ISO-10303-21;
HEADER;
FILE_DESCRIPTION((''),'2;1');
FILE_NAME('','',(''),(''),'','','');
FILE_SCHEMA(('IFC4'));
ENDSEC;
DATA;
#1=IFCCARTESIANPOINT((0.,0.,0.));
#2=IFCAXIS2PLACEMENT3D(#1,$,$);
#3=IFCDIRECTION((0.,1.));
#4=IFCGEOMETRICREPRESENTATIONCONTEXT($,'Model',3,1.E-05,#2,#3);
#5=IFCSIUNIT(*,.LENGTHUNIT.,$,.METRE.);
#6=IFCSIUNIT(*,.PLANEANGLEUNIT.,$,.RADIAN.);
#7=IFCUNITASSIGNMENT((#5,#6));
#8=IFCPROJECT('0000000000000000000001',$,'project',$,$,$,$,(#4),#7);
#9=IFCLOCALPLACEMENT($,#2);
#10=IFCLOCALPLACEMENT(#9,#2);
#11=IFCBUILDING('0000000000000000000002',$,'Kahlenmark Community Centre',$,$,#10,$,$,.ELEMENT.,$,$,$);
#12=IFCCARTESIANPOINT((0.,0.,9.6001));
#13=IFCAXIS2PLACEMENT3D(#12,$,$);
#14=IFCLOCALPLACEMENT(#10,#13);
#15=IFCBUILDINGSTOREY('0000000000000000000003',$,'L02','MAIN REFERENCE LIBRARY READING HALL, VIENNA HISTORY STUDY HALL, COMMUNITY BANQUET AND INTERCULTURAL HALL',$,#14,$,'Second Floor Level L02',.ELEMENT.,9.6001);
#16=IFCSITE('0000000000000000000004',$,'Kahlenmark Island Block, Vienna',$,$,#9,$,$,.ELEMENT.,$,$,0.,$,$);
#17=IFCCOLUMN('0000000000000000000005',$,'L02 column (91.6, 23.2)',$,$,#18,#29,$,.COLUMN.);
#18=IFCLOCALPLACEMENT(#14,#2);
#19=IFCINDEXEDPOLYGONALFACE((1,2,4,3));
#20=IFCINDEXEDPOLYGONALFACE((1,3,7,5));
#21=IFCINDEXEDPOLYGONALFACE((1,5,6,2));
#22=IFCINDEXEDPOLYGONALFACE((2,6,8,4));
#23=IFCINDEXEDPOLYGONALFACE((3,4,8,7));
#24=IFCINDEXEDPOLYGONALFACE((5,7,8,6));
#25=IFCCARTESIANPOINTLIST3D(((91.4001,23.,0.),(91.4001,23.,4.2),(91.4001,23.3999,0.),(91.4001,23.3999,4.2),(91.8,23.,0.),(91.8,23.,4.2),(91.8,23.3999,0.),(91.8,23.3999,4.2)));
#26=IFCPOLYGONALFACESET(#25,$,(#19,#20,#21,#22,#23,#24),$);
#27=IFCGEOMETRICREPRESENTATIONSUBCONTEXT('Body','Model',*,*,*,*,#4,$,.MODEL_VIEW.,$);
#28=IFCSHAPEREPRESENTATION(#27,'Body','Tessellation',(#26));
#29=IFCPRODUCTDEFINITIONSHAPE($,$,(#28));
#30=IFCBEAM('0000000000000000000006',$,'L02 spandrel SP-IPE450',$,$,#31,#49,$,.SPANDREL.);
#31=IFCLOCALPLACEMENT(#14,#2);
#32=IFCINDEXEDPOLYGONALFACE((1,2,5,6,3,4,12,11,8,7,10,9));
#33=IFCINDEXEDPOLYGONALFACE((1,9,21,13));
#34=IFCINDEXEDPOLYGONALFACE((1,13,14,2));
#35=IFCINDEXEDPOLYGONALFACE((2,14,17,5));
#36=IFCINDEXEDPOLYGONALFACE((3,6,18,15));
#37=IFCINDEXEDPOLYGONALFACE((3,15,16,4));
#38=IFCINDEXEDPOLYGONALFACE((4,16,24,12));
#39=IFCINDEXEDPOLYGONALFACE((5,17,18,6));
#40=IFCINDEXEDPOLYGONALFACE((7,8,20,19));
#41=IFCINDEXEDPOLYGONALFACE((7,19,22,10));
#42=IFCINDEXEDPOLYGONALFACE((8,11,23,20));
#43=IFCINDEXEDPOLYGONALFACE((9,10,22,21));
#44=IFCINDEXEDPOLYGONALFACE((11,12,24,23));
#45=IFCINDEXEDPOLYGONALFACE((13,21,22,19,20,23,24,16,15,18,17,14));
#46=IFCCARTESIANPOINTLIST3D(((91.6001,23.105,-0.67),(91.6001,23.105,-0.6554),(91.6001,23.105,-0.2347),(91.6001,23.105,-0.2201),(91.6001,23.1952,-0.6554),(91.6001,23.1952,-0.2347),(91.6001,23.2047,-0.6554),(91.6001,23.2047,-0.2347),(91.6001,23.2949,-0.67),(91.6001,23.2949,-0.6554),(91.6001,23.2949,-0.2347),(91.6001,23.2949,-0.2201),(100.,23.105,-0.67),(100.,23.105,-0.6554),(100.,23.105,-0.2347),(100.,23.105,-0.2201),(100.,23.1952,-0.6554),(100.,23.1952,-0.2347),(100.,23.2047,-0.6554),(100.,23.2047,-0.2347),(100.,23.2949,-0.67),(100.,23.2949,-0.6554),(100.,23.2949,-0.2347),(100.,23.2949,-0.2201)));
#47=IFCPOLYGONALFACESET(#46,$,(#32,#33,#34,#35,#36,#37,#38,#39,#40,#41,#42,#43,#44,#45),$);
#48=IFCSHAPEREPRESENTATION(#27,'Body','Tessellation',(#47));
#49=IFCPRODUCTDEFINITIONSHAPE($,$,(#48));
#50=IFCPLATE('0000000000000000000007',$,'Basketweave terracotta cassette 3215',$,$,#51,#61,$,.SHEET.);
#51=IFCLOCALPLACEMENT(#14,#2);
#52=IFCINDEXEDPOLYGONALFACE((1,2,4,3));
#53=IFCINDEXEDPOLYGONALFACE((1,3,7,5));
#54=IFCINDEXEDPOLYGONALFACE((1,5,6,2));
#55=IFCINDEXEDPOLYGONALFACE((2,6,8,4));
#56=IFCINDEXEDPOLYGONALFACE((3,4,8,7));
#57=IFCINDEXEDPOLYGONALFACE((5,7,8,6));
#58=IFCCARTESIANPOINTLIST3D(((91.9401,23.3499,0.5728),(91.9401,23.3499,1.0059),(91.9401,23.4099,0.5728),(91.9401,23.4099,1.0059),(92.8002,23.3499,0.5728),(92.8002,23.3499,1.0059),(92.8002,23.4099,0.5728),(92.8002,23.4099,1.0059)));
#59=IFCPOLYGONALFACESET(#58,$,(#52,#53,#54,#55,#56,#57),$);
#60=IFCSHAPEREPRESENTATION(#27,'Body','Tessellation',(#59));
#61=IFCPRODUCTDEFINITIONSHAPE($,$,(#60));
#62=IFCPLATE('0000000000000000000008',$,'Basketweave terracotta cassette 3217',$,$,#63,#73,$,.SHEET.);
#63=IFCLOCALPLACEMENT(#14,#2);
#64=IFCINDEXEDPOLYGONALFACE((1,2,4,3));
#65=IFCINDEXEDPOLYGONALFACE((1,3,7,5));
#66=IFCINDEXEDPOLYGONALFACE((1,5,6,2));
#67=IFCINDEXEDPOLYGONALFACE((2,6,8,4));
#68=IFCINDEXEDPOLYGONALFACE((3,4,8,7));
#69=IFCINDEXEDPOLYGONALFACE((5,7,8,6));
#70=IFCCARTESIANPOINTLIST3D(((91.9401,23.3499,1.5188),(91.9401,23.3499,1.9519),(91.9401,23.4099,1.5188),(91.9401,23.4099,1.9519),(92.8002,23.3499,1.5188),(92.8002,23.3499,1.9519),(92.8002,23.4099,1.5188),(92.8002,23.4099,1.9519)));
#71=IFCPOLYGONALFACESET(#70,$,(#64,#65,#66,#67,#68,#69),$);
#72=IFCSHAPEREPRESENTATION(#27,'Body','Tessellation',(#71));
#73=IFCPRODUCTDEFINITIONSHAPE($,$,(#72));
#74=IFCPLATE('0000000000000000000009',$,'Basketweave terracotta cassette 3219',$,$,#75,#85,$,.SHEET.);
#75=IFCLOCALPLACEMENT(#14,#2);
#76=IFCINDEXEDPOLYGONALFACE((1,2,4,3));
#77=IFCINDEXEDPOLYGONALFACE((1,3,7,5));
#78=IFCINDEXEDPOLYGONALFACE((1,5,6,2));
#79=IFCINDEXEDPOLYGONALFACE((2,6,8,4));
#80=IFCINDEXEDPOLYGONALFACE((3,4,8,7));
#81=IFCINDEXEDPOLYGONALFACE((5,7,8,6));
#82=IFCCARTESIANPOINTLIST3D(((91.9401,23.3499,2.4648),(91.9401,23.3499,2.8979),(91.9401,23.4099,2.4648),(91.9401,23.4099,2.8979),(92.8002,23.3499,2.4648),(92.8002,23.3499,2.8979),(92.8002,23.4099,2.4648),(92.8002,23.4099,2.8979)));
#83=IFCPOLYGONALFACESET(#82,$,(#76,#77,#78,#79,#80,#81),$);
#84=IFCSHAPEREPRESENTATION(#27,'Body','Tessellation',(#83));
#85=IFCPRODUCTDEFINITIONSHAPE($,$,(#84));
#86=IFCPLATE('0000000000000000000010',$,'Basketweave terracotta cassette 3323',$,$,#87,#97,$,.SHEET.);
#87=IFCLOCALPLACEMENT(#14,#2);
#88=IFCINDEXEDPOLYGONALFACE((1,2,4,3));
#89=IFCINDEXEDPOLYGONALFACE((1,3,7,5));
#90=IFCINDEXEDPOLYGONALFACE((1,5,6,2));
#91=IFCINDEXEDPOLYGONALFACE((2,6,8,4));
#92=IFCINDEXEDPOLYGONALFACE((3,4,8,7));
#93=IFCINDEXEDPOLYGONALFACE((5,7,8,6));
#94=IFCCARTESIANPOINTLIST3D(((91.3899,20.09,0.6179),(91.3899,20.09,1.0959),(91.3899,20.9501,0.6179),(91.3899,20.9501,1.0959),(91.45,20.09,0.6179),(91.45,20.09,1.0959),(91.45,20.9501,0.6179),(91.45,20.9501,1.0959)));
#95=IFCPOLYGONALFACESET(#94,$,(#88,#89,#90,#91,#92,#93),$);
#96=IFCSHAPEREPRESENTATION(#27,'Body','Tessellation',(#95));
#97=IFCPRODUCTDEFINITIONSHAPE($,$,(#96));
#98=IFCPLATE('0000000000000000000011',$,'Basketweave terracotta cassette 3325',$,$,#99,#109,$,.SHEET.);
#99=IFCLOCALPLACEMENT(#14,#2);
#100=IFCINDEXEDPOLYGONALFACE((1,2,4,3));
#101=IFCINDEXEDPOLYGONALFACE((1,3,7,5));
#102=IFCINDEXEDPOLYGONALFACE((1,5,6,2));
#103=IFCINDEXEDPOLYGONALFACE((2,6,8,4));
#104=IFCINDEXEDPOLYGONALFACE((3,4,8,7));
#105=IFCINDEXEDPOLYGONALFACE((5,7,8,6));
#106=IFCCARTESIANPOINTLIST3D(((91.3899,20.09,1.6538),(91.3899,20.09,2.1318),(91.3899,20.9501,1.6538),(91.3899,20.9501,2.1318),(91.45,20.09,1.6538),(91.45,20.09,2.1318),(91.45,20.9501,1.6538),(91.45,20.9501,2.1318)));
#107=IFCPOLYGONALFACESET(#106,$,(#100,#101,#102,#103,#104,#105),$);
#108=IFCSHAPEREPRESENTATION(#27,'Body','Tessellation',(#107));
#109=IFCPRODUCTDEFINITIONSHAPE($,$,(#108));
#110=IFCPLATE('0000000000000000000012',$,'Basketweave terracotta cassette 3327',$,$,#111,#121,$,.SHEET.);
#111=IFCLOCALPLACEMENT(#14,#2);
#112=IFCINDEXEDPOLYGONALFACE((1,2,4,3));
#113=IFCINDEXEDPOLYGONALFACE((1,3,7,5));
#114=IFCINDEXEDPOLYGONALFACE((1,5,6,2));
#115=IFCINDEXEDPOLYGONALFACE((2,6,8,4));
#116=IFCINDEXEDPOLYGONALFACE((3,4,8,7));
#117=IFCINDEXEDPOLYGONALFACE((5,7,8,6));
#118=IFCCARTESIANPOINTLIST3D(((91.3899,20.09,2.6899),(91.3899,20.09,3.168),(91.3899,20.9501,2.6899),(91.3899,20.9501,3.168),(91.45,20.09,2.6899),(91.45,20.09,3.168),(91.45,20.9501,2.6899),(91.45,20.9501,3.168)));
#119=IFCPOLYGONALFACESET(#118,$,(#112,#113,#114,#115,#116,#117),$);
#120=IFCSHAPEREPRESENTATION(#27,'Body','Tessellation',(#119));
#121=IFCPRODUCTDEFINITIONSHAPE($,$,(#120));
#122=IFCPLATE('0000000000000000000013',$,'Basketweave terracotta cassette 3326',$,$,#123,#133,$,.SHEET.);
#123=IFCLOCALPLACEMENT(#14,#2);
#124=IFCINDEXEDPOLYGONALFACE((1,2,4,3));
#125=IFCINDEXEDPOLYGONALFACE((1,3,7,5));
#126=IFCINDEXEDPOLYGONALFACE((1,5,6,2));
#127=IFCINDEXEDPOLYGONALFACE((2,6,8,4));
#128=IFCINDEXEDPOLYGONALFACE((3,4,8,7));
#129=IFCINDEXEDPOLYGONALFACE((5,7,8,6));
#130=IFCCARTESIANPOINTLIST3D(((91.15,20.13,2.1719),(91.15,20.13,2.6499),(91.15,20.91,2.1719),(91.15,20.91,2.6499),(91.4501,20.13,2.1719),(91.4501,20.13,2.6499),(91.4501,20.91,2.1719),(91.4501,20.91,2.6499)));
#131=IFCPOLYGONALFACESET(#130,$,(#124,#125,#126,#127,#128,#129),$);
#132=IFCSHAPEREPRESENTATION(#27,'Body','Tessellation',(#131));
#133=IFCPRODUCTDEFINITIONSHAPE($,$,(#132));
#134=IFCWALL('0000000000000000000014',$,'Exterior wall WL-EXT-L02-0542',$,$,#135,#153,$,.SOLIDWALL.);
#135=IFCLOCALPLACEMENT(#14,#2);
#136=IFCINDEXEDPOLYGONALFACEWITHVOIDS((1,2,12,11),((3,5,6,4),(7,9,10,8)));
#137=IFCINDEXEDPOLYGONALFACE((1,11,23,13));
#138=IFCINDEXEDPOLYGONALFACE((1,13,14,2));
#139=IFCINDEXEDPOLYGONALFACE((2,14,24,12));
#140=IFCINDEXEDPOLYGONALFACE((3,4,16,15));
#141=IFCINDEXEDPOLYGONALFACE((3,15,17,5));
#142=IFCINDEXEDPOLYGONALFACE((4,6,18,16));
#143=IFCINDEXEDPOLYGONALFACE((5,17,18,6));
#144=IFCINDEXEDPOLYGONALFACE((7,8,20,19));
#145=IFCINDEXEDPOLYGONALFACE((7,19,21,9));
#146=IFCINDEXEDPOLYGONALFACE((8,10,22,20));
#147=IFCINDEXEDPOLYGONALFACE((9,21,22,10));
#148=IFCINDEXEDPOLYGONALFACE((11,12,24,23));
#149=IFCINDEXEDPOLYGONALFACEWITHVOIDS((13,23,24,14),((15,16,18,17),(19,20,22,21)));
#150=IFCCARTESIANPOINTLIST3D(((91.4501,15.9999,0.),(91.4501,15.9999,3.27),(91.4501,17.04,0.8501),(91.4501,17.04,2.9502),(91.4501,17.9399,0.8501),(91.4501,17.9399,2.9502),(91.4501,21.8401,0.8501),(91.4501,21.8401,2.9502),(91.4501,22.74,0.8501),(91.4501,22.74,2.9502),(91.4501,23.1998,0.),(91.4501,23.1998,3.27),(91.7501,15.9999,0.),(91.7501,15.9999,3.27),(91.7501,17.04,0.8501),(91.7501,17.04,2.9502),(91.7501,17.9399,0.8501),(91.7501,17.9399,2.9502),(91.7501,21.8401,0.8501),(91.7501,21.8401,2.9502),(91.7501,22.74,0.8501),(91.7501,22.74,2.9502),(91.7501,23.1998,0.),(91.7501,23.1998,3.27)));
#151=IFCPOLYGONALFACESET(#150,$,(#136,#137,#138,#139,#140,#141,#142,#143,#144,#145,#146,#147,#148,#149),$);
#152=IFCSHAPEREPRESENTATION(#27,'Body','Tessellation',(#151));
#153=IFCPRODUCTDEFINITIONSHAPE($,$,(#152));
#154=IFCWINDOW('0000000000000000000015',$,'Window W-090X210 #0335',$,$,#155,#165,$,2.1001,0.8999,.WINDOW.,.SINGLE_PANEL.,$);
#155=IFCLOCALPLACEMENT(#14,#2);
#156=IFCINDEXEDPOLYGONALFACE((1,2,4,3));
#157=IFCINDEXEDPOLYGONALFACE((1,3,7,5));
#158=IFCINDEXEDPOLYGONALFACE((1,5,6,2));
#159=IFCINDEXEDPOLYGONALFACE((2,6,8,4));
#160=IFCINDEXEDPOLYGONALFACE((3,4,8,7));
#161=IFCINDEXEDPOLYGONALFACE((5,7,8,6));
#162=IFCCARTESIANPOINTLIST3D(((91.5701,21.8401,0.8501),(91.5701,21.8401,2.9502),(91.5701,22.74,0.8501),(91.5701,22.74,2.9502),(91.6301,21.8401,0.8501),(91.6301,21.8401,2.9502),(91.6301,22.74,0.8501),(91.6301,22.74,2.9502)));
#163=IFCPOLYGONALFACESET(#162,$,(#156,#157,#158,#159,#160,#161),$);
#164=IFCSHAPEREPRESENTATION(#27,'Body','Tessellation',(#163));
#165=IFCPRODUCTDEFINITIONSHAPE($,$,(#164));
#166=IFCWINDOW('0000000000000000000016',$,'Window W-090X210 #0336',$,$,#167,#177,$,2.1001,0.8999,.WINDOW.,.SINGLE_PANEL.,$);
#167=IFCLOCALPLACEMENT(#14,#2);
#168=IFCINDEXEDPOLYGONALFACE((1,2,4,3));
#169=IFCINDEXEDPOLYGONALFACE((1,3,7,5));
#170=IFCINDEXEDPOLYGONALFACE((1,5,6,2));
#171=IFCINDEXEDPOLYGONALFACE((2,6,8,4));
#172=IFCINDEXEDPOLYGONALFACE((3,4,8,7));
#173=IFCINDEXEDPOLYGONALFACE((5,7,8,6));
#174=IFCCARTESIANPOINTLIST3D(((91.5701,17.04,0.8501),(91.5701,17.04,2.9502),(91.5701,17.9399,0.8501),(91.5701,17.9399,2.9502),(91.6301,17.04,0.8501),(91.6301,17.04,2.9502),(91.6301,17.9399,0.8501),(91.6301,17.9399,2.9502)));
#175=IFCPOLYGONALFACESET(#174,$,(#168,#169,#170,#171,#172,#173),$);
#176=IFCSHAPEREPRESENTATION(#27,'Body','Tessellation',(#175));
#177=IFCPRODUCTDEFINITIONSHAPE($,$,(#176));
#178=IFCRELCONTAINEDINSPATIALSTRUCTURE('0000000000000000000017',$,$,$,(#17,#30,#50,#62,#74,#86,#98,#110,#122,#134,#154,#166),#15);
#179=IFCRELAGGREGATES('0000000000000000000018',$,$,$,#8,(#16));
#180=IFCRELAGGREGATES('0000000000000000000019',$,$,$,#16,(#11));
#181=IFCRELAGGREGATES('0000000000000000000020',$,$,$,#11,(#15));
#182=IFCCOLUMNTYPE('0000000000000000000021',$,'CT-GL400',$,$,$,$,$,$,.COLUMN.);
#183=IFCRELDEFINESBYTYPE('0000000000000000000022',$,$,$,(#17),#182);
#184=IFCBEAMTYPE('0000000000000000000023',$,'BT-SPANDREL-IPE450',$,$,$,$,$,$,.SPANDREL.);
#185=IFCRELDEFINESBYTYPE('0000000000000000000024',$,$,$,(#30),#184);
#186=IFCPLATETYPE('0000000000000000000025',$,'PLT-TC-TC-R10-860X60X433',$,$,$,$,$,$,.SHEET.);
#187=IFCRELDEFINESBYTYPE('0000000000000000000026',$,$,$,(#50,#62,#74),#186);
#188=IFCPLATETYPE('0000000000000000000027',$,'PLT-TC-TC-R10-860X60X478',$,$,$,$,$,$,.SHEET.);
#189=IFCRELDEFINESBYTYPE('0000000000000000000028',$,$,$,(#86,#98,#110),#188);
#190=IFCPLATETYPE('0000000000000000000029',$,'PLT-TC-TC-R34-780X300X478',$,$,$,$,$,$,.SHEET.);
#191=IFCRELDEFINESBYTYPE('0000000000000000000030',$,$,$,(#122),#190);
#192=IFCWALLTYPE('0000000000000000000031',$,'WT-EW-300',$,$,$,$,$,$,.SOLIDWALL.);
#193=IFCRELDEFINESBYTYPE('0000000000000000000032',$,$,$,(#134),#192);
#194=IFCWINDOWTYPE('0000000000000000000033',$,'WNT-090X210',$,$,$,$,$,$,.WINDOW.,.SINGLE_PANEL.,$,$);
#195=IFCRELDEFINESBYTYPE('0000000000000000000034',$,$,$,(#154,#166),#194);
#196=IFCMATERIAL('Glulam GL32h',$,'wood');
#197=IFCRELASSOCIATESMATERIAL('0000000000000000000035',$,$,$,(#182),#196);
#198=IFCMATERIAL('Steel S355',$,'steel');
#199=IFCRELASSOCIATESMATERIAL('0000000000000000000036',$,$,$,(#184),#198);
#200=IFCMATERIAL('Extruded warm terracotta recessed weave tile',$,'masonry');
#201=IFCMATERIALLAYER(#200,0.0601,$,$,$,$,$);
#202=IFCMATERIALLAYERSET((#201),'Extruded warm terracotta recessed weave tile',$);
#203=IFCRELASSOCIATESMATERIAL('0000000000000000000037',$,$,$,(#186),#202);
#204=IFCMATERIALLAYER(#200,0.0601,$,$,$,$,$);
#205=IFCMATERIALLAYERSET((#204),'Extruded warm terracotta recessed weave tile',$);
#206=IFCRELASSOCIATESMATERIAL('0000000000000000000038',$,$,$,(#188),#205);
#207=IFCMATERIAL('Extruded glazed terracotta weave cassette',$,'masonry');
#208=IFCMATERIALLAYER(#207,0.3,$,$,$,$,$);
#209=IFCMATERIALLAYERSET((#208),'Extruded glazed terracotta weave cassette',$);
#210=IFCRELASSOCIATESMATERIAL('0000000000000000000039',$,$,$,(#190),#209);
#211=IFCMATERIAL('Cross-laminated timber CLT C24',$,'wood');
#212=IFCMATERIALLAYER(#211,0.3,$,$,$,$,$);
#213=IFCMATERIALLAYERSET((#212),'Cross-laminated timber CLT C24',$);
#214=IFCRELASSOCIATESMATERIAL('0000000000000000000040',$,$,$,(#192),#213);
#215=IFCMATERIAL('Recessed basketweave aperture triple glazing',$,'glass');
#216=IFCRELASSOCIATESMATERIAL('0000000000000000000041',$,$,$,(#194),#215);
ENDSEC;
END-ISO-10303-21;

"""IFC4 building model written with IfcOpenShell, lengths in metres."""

from ifc_helpers import new_model, si_unit, direction, frame, frame_2d, origin, origin_2d, place, context, subcontext, project, spatial, rectangle, i_section, extrude, material, layer, layer_set, material_profile, profile_set, type_object, element, fill, save


model = new_model("IFC4")

# Units and contexts
model_context = context("Model", 3, precision=1e-05, world=origin(), true_north=direction((0.0, 1.0)))
body_context = subcontext(model_context, "Body", "Model", "MODEL_VIEW")
ifc_project = project(units=[si_unit("LENGTHUNIT", "METRE"), si_unit("PLANEANGLEUNIT", "RADIAN")], contexts=[model_context])

# Site, building, storey
site_placement = place(None, origin())
site = spatial("IfcSite", under=ifc_project, at=site_placement, Name="Kahlenmark Island Block, Vienna", CompositionType="ELEMENT", RefElevation=0.0)
building_placement = place(site_placement, origin())
building = spatial("IfcBuilding", under=site, at=building_placement, Name="Kahlenmark Community Centre", CompositionType="ELEMENT")
storey_placement = place(building_placement, frame((0.0, 0.0, 9.6001)))
storey = spatial("IfcBuildingStorey", under=building, at=storey_placement, Name="L02", Description="MAIN REFERENCE LIBRARY READING HALL, VIENNA HISTORY STUDY HALL, COMMUNITY BANQUET AND INTERCULTURAL HALL", LongName="Second Floor Level L02", CompositionType="ELEMENT", Elevation=9.6001)

# Column
ifc_material_1 = material(Name="Glulam GL32h", Category="wood")
ifc_material_profile_1 = material_profile(ifc_material_1, rectangle(XDim=0.3999, YDim=0.3999, at=origin_2d()), Name="GL32h 400x400")
ifc_profile_set_1 = profile_set([ifc_material_profile_1], Name="Glulam GL32h")
column_type = type_object("IfcColumnType", Name="CT-GL400", PredefinedType="COLUMN", material=ifc_profile_set_1)
column_placement = place(storey_placement, frame((91.6001, 23.2, 0.0), z_axis=(0.0, 0.0, 1.0), x_axis=(1.0, 0.0, 0.0)))
element("IfcColumn", 1, at=column_placement, inside=storey, type_object=column_type, Name="L02 column (91.6, 23.2)", PredefinedType="COLUMN", context=body_context, shape_type="SweptSolid", body=[
    extrude(rectangle(XDim=0.3999, YDim=0.3999, at=origin_2d()), origin(), (0.0, 0.0, 1.0), 4.2),
])

# Beam
ifc_material_2 = material(Name="Steel S355", Category="steel")
ifc_material_profile_2 = material_profile(ifc_material_2, i_section(OverallWidth=0.1899, OverallDepth=0.45, WebThickness=0.0095, FlangeThickness=0.0146, at=origin_2d()), Name="IPE 450")
ifc_profile_set_2 = profile_set([ifc_material_profile_2], Name="Steel S355")
beam_type = type_object("IfcBeamType", Name="BT-SPANDREL-IPE450", PredefinedType="SPANDREL", material=ifc_profile_set_2)
beam_placement = place(storey_placement, frame((91.6001, 23.2, -0.4451), z_axis=(1.0, 0.0, 0.0), x_axis=(0.0, 1.0, 0.0)))
element("IfcBeam", 2, at=beam_placement, inside=storey, type_object=beam_type, Name="L02 spandrel SP-IPE450", PredefinedType="SPANDREL", context=body_context, shape_type="SweptSolid", body=[
    extrude(i_section(OverallWidth=0.1899, OverallDepth=0.45, WebThickness=0.0095, FlangeThickness=0.0146, at=origin_2d()), origin(), (0.0, 0.0, 1.0), 8.3999),
])

# Plates
ifc_material_3 = material(Name="Extruded warm terracotta recessed weave tile", Category="masonry")
ifc_layer_1 = layer(ifc_material_3, 0.0601)
ifc_layer_set_1 = layer_set([ifc_layer_1], Name="Extruded warm terracotta recessed weave tile")
plate_type_1 = type_object("IfcPlateType", Name="PLT-TC-TC-R10-860X60X433", PredefinedType="SHEET", material=ifc_layer_set_1)
for number, where, z_axis, x_axis, name in (
    (3, (92.3701, 23.3799, 0.5728), (0.0, 0.0, 1.0), (-1.0, 0.0, 0.0), "Basketweave terracotta cassette 3215"),
    (4, (92.3701, 23.3799, 1.5188), (0.0, 0.0, 1.0), (-1.0, 0.0, 0.0), "Basketweave terracotta cassette 3217"),
    (5, (92.3701, 23.3799, 2.4648), (0.0, 0.0, 1.0), (-1.0, 0.0, 0.0), "Basketweave terracotta cassette 3219"),
):
    element("IfcPlate", number, at=place(storey_placement, frame(where, z_axis=z_axis, x_axis=x_axis)), inside=storey, type_object=plate_type_1, Name=name, PredefinedType="SHEET", context=body_context, shape_type="SweptSolid", body=[
        extrude(rectangle(XDim=0.8601, YDim=0.0601, at=origin_2d()), origin(), (0.0, 0.0, 1.0), 0.4331),
    ])
ifc_layer_2 = layer(ifc_material_3, 0.0601)
ifc_layer_set_2 = layer_set([ifc_layer_2], Name="Extruded warm terracotta recessed weave tile")
plate_type_2 = type_object("IfcPlateType", Name="PLT-TC-TC-R10-860X60X478", PredefinedType="SHEET", material=ifc_layer_set_2)
for number, where, z_axis, x_axis, name in (
    (6, (91.4199, 20.52, 0.6179), (0.0, 0.0, 1.0), (0.0, -1.0, 0.0), "Basketweave terracotta cassette 3323"),
    (7, (91.4199, 20.52, 1.6538), (0.0, 0.0, 1.0), (0.0, -1.0, 0.0), "Basketweave terracotta cassette 3325"),
    (8, (91.4199, 20.52, 2.6899), (0.0, 0.0, 1.0), (0.0, -1.0, 0.0), "Basketweave terracotta cassette 3327"),
):
    element("IfcPlate", number, at=place(storey_placement, frame(where, z_axis=z_axis, x_axis=x_axis)), inside=storey, type_object=plate_type_2, Name=name, PredefinedType="SHEET", context=body_context, shape_type="SweptSolid", body=[
        extrude(rectangle(XDim=0.8601, YDim=0.0601, at=origin_2d()), origin(), (0.0, 0.0, 1.0), 0.478),
    ])
ifc_material_4 = material(Name="Extruded glazed terracotta weave cassette", Category="masonry")
ifc_layer_3 = layer(ifc_material_4, 0.3)
ifc_layer_set_3 = layer_set([ifc_layer_3], Name="Extruded glazed terracotta weave cassette")
plate_type_3 = type_object("IfcPlateType", Name="PLT-TC-TC-R34-780X300X478", PredefinedType="SHEET", material=ifc_layer_set_3)
plate_placement = place(storey_placement, frame((91.3, 20.52, 2.1719), z_axis=(0.0, 0.0, 1.0), x_axis=(0.0, -1.0, 0.0)))
element("IfcPlate", 9, at=plate_placement, inside=storey, type_object=plate_type_3, Name="Basketweave terracotta cassette 3326", PredefinedType="SHEET", context=body_context, shape_type="SweptSolid", body=[
    extrude(rectangle(XDim=0.78, YDim=0.3, at=origin_2d()), origin(), (0.0, 0.0, 1.0), 0.478),
])

# Wall, openings, windows
ifc_material_5 = material(Name="Cross-laminated timber CLT C24", Category="wood")
ifc_layer_4 = layer(ifc_material_5, 0.3)
ifc_layer_set_4 = layer_set([ifc_layer_4], Name="Cross-laminated timber CLT C24")
wall_type = type_object("IfcWallType", Name="WT-EW-300", PredefinedType="SOLIDWALL", material=ifc_layer_set_4)
wall_placement = place(storey_placement, frame((91.6001, 23.2, 0.0), z_axis=(0.0, 0.0, 1.0), x_axis=(0.0, -1.0, 0.0)))
wall = element("IfcWall", 10, at=wall_placement, inside=storey, type_object=wall_type, Name="Exterior wall WL-EXT-L02-0542", PredefinedType="SOLIDWALL", context=body_context, shape_type="SweptSolid", body=[
    extrude(rectangle(XDim=7.2, YDim=0.3, at=frame_2d((3.6001, 0.0))), origin(), (0.0, 0.0, 1.0), 3.27),
])
opening_1_placement = place(wall_placement, frame((0.46, 0.0, 0.8501)))
opening_1 = element("IfcOpeningElement", 11, at=opening_1_placement, cuts=wall, PredefinedType="OPENING", context=body_context, shape_type="SweptSolid", body=[
    extrude(rectangle(XDim=0.8999, YDim=2.1001, at=frame_2d((0.45, 1.05))), frame((0.0, 0.1599, 0.0), z_axis=(0.0, -1.0, 0.0), x_axis=(1.0, 0.0, 0.0)), (0.0, 0.0, 1.0), 0.3201),
])
opening_2_placement = place(wall_placement, frame((5.26, 0.0, 0.8501)))
opening_2 = element("IfcOpeningElement", 12, at=opening_2_placement, cuts=wall, PredefinedType="OPENING", context=body_context, shape_type="SweptSolid", body=[
    extrude(rectangle(XDim=0.8999, YDim=2.1001, at=frame_2d((0.45, 1.05))), frame((0.0, 0.1599, 0.0), z_axis=(0.0, -1.0, 0.0), x_axis=(1.0, 0.0, 0.0)), (0.0, 0.0, 1.0), 0.3201),
])
ifc_material_6 = material(Name="Recessed basketweave aperture triple glazing", Category="glass")
window_type = type_object("IfcWindowType", Name="WNT-090X210", PartitioningType="SINGLE_PANEL", PredefinedType="WINDOW", material=ifc_material_6)
window_1_placement = place(opening_1_placement, origin())
window_1 = element("IfcWindow", 13, at=window_1_placement, inside=storey, type_object=window_type, Name="Window W-090X210 #0335", OverallHeight=2.1001, OverallWidth=0.8999, PartitioningType="SINGLE_PANEL", PredefinedType="WINDOW", context=body_context, shape_type="SweptSolid", body=[
    extrude(rectangle(XDim=0.8999, YDim=2.1001, at=frame_2d((0.45, 1.05))), frame((0.0, 0.03, 0.0), z_axis=(0.0, -1.0, 0.0), x_axis=(1.0, 0.0, 0.0)), (0.0, 0.0, 1.0), 0.0601),
])
fill(opening_1, window_1)
window_2_placement = place(opening_2_placement, origin())
window_2 = element("IfcWindow", 14, at=window_2_placement, inside=storey, type_object=window_type, Name="Window W-090X210 #0336", OverallHeight=2.1001, OverallWidth=0.8999, PartitioningType="SINGLE_PANEL", PredefinedType="WINDOW", context=body_context, shape_type="SweptSolid", body=[
    extrude(rectangle(XDim=0.8999, YDim=2.1001, at=frame_2d((0.45, 1.05))), frame((0.0, 0.03, 0.0), z_axis=(0.0, -1.0, 0.0), x_axis=(1.0, 0.0, 0.0)), (0.0, 0.0, 1.0), 0.0601),
])
fill(opening_2, window_2)

save(model, "model.ifc")
